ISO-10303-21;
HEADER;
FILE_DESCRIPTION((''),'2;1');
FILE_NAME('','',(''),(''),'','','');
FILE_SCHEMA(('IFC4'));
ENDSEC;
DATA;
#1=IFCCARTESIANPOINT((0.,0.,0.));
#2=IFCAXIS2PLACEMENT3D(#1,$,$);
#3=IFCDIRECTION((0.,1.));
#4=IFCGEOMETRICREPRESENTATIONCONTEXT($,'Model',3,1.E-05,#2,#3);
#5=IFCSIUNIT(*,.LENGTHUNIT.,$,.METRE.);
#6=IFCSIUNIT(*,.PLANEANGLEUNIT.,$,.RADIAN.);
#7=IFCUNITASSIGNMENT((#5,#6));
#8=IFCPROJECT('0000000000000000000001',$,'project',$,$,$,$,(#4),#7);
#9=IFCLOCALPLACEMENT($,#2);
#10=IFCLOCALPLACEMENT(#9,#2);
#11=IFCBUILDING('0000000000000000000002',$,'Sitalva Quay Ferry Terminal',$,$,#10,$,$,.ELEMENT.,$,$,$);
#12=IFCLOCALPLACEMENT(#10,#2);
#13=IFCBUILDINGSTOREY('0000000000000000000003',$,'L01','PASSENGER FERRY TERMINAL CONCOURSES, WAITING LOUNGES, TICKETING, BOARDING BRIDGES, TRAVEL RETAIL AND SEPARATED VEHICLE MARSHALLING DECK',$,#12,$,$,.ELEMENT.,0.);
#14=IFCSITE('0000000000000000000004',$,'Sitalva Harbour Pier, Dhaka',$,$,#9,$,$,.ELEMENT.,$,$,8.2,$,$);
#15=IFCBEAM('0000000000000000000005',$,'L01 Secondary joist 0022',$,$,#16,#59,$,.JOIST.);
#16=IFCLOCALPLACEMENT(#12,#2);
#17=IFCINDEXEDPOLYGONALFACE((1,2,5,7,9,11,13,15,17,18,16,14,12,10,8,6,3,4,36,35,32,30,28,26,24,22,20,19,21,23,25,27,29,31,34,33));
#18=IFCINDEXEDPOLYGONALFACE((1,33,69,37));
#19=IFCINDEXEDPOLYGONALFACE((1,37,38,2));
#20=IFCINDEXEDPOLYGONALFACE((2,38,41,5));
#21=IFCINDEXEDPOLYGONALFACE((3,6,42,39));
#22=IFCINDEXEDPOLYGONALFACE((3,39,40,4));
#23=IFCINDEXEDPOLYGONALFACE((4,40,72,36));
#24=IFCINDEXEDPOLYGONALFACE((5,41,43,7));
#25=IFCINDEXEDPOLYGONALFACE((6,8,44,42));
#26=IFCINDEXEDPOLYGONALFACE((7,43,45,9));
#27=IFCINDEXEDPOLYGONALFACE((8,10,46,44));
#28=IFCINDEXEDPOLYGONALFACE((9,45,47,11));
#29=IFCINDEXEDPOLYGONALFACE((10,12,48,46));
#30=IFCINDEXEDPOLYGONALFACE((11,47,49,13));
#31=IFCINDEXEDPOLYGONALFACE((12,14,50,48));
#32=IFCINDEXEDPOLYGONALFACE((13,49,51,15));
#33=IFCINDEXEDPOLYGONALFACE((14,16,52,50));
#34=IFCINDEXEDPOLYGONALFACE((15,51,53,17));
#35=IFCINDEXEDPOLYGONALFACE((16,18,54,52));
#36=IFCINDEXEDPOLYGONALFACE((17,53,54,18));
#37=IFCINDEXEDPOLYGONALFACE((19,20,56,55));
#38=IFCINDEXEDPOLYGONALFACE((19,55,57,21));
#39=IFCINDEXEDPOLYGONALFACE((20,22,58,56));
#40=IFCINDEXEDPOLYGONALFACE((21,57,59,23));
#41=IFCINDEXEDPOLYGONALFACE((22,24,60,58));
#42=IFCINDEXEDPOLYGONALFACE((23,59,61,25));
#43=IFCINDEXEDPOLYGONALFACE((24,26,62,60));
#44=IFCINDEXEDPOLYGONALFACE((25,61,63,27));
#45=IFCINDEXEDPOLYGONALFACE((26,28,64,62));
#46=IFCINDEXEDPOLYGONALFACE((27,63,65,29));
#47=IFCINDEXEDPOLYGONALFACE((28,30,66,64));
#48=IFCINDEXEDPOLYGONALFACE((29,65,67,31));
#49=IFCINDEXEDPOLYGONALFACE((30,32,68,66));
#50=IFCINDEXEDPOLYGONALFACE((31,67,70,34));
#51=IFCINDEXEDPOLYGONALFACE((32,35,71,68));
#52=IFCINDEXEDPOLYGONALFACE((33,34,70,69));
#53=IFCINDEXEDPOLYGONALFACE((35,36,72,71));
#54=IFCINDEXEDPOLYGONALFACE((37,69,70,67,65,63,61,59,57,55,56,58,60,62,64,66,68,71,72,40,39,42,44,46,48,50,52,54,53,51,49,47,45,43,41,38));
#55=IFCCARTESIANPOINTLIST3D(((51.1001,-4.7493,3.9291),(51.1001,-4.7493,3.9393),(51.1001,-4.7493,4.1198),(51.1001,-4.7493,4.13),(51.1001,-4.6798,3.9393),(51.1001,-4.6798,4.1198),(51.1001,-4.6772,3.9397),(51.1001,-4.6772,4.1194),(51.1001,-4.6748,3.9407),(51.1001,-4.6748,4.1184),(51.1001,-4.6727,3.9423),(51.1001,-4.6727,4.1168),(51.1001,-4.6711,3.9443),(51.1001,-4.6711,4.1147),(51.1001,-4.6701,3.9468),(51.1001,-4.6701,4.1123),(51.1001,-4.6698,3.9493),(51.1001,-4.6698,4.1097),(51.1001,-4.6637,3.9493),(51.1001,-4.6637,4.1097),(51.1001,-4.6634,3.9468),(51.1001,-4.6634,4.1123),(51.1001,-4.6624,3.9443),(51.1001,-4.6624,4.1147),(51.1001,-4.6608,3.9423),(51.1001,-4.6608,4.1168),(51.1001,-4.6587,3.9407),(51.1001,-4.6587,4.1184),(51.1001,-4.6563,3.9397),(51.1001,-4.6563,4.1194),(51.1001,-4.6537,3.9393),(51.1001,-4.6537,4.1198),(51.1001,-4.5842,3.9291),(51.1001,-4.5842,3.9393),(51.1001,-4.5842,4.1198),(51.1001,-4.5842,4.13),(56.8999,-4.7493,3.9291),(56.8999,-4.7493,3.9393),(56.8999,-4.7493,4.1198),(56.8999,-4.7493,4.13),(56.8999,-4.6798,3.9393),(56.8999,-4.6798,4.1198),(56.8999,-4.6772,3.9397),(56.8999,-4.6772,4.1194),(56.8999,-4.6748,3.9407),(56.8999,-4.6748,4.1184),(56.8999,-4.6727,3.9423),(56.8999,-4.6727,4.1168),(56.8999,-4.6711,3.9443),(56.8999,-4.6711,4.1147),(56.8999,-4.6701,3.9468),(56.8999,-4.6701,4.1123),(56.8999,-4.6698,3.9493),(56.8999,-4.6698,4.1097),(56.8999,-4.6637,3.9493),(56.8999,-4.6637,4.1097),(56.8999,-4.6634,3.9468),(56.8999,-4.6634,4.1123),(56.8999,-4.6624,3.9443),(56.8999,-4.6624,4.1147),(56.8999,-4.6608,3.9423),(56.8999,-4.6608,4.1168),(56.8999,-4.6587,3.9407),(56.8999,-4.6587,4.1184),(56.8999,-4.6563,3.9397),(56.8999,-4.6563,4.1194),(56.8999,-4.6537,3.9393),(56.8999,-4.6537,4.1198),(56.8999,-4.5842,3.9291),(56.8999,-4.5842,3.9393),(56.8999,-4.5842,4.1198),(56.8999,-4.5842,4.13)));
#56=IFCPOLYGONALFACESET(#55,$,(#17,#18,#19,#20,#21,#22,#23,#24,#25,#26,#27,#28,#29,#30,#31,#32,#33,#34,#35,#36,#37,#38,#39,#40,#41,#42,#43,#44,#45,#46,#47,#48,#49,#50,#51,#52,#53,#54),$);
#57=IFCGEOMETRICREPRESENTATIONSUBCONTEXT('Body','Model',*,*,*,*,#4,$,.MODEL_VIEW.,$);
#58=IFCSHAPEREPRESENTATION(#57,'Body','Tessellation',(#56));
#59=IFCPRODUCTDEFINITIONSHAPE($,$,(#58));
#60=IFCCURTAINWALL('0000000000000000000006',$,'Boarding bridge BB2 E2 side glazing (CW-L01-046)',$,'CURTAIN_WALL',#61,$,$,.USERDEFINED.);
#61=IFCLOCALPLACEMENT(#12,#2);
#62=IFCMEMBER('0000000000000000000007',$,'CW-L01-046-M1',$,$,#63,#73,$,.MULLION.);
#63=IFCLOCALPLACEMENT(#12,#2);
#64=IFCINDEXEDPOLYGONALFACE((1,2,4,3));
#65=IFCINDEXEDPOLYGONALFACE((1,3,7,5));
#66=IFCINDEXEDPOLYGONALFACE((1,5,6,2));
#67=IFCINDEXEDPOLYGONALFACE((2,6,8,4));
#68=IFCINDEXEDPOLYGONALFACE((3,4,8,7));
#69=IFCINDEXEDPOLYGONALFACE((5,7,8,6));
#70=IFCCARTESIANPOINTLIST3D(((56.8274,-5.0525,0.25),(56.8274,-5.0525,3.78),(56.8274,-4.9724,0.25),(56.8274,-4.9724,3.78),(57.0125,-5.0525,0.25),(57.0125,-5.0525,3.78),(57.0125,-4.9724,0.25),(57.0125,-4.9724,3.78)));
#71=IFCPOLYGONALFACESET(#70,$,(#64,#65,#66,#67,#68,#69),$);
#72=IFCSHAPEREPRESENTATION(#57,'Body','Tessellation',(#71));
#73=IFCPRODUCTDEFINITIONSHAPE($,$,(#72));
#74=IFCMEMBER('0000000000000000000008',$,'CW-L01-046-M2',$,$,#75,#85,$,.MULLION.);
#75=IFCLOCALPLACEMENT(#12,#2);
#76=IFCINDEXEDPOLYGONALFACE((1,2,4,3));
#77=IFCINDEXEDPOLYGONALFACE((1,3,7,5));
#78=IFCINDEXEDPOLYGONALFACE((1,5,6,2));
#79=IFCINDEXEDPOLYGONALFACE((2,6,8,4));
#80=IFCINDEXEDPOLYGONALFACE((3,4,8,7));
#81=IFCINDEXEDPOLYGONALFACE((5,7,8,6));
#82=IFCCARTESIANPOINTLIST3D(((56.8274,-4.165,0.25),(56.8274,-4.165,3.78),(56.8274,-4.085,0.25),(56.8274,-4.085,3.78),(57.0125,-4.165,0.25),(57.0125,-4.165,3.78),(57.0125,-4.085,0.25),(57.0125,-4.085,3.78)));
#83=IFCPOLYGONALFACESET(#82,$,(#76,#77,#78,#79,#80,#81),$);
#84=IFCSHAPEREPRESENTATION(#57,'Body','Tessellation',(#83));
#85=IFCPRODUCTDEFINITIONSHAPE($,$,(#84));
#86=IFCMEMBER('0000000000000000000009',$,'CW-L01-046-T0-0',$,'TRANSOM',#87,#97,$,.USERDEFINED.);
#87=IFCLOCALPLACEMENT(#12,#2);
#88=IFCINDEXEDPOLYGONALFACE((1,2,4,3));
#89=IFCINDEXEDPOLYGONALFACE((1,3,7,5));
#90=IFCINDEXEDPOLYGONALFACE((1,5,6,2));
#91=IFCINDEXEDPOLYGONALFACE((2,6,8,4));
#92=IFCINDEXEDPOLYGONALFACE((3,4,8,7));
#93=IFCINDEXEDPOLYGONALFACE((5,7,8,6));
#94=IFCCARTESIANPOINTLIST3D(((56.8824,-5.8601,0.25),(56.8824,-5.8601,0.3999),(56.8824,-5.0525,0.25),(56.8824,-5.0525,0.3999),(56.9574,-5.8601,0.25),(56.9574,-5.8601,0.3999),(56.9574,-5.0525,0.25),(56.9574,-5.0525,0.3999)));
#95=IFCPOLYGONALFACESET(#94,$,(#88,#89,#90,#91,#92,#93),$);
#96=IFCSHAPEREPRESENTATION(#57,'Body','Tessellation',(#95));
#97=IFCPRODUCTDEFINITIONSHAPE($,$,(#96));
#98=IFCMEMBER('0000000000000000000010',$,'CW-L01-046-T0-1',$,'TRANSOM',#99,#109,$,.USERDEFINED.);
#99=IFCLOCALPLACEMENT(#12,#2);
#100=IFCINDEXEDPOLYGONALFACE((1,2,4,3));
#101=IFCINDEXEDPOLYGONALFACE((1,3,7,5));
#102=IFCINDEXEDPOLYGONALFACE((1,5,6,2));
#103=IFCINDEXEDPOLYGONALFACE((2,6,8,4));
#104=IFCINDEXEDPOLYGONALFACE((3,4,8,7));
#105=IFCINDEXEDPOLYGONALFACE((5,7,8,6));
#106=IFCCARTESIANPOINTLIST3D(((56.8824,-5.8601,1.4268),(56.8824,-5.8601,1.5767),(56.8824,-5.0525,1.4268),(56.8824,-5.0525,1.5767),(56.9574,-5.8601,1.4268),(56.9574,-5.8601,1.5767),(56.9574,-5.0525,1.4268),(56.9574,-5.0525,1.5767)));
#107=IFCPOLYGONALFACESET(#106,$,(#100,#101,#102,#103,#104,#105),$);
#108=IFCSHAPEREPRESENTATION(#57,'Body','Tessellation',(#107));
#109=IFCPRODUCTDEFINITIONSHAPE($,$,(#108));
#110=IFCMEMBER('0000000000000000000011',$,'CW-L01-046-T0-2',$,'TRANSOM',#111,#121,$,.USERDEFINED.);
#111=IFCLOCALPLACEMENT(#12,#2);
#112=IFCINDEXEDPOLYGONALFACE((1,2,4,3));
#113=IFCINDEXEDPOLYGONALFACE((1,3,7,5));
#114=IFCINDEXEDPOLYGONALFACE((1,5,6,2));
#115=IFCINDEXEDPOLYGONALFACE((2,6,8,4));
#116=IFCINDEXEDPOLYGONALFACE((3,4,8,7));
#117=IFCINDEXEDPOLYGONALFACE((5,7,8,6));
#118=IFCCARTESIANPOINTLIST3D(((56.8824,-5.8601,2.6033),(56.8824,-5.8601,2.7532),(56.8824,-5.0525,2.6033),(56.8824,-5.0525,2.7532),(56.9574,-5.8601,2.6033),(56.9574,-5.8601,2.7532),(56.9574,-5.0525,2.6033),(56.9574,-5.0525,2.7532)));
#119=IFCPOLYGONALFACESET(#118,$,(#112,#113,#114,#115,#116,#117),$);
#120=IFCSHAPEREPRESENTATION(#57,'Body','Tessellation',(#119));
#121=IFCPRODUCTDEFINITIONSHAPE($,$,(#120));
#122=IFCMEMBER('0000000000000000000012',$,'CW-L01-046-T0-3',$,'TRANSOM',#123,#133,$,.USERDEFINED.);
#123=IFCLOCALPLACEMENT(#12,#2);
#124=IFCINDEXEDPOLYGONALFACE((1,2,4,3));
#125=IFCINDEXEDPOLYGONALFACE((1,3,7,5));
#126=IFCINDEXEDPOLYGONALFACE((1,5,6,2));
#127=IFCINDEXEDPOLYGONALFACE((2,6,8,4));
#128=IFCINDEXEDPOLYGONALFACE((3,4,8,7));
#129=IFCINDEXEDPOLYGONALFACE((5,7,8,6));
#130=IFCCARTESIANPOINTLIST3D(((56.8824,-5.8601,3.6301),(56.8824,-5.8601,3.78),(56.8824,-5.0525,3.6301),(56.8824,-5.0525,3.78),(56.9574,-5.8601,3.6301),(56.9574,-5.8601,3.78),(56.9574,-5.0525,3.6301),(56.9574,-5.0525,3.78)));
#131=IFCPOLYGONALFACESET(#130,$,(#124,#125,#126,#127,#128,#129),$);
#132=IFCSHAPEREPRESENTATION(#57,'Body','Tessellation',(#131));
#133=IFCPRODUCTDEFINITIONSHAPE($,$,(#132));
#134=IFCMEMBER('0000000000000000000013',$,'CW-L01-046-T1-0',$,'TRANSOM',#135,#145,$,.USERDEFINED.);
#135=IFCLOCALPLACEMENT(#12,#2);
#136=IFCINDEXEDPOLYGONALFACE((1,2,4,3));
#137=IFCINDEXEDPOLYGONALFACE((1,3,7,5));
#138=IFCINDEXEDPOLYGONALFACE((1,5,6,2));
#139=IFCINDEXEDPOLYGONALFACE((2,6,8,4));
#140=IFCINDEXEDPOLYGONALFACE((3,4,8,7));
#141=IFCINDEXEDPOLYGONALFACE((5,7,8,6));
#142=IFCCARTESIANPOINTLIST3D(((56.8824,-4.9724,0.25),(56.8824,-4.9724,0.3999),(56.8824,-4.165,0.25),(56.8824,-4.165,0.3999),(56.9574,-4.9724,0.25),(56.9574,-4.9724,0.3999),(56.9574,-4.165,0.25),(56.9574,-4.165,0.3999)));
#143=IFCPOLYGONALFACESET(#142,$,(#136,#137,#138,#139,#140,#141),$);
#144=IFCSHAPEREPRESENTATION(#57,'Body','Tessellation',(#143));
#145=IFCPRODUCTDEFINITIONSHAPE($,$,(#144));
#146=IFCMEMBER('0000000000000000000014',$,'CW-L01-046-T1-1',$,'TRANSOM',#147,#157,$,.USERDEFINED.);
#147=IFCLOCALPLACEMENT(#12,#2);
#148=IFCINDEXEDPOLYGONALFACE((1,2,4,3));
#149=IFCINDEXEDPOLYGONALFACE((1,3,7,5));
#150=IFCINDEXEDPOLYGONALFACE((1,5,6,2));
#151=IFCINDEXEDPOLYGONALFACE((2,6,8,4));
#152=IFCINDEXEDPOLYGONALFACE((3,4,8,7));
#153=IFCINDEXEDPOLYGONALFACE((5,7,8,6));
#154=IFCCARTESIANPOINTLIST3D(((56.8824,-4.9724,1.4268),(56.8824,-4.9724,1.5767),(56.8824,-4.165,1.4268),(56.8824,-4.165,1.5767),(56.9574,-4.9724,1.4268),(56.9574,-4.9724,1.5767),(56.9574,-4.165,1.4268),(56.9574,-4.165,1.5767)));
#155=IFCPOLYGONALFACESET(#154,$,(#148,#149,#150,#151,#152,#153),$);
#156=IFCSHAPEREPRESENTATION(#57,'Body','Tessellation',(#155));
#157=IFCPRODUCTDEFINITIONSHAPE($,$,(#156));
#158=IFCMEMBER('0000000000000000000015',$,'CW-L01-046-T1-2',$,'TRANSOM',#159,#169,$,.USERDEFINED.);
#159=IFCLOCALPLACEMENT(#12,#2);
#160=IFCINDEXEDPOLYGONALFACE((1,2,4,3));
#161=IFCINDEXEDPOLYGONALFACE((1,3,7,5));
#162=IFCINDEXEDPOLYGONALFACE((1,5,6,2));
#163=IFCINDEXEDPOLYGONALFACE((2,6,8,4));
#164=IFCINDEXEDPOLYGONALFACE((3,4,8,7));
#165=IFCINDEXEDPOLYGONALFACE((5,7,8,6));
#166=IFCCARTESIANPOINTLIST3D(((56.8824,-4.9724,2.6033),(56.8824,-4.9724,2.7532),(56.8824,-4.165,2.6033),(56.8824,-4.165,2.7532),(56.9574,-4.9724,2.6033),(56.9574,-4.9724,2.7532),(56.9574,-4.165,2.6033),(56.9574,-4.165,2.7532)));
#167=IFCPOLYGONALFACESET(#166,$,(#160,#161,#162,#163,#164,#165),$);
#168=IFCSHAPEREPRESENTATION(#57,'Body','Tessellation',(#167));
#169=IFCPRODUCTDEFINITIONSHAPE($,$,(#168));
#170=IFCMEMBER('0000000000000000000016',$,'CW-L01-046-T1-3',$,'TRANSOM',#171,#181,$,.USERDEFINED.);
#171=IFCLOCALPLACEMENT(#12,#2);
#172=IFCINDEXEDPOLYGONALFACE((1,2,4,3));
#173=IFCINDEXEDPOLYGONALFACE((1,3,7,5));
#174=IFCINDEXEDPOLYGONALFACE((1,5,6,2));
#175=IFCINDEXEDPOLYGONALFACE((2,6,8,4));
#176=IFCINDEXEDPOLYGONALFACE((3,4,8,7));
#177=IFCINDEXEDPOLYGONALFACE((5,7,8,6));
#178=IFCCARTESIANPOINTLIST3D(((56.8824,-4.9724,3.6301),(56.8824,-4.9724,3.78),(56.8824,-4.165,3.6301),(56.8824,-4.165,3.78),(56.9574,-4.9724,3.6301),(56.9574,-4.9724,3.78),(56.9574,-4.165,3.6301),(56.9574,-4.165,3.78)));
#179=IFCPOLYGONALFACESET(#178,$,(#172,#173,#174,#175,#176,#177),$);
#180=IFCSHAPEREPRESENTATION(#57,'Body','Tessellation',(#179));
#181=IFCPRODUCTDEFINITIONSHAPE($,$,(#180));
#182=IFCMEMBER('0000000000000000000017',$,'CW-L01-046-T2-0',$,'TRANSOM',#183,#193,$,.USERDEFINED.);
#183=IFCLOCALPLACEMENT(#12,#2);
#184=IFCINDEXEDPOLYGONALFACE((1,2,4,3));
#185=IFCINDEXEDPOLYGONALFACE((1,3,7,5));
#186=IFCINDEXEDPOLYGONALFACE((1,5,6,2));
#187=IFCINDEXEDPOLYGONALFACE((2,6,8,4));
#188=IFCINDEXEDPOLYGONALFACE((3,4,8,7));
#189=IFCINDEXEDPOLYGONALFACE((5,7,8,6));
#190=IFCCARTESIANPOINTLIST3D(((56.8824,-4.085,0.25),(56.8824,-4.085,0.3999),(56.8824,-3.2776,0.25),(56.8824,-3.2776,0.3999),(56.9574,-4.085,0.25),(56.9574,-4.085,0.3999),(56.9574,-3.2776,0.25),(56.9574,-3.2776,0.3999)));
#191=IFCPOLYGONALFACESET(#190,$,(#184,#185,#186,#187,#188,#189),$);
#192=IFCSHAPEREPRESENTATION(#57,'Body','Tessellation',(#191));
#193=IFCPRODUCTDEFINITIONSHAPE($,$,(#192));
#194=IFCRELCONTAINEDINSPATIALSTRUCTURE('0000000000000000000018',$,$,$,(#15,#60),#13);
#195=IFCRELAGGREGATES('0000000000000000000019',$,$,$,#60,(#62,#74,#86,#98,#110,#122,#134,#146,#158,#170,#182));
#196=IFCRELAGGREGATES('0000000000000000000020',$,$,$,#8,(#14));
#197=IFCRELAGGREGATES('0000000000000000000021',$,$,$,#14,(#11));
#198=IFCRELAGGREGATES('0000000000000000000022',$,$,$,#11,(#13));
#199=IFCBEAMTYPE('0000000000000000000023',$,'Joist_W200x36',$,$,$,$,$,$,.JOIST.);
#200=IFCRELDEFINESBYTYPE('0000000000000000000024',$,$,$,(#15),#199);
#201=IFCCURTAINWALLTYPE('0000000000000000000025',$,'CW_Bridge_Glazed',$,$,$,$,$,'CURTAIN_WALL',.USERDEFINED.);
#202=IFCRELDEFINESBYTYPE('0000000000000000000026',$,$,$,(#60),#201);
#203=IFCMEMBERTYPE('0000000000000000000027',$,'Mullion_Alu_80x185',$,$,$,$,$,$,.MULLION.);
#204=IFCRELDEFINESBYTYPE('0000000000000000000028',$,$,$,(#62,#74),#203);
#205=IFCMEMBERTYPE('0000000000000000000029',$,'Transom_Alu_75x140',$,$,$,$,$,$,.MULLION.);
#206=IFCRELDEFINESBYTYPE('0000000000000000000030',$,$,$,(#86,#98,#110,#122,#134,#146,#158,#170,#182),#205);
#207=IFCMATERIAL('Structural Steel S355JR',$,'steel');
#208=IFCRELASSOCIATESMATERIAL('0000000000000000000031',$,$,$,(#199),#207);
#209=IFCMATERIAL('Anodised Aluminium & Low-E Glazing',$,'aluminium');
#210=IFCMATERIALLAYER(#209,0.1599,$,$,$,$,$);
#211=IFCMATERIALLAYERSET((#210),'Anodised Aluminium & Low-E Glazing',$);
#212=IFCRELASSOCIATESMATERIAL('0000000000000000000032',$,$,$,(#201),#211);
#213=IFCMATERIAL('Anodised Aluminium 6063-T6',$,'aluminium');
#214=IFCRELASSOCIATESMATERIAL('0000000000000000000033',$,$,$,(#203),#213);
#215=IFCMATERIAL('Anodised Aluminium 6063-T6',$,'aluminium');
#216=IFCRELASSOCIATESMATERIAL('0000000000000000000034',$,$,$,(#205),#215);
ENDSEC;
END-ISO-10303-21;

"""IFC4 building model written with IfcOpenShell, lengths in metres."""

from ifc_helpers import new_model, si_unit, direction, frame, origin, origin_2d, place, context, subcontext, project, spatial, rectangle, i_section, extrude, material, layer, layer_set, material_profile, profile_set, type_object, element, aggregate, save


model = new_model("IFC4")

# Units and contexts
model_context = context("Model", 3, precision=1e-05, world=origin(), true_north=direction((0.0, 1.0)))
body_context = subcontext(model_context, "Body", "Model", "MODEL_VIEW")
ifc_project = project(units=[si_unit("LENGTHUNIT", "METRE"), si_unit("PLANEANGLEUNIT", "RADIAN")], contexts=[model_context])

# Site, building, storey
site_placement = place(None, origin())
site = spatial("IfcSite", under=ifc_project, at=site_placement, Name="Sitalva Harbour Pier, Dhaka", CompositionType="ELEMENT", RefElevation=8.2)
building_placement = place(site_placement, origin())
building = spatial("IfcBuilding", under=site, at=building_placement, Name="Sitalva Quay Ferry Terminal", CompositionType="ELEMENT")
storey_placement = place(building_placement, origin())
storey = spatial("IfcBuildingStorey", under=building, at=storey_placement, Name="L01", Description="PASSENGER FERRY TERMINAL CONCOURSES, WAITING LOUNGES, TICKETING, BOARDING BRIDGES, TRAVEL RETAIL AND SEPARATED VEHICLE MARSHALLING DECK", CompositionType="ELEMENT", Elevation=0.0)

# Beam
ifc_material_1 = material(Name="Structural Steel S355JR", Category="steel")
ifc_material_profile_1 = material_profile(ifc_material_1, i_section(OverallWidth=0.165, OverallDepth=0.2009, WebThickness=0.0061, FlangeThickness=0.0103, FilletRadius=0.01, at=origin_2d()), Name="W200x36")
ifc_profile_set_1 = profile_set([ifc_material_profile_1], Name="Structural Steel S355JR")
beam_type = type_object("IfcBeamType", Name="Joist_W200x36", PredefinedType="JOIST", material=ifc_profile_set_1)
beam_placement = place(storey_placement, frame((51.1001, -4.6667, 4.0295), z_axis=(1.0, 0.0, 0.0), x_axis=(0.0, 1.0, 0.0)))
element("IfcBeam", 1, at=beam_placement, inside=storey, type_object=beam_type, Name="L01 Secondary joist 0022", PredefinedType="JOIST", context=body_context, shape_type="SweptSolid", body=[
    extrude(i_section(OverallWidth=0.165, OverallDepth=0.2009, WebThickness=0.0061, FlangeThickness=0.0103, FilletRadius=0.01, at=origin_2d()), origin(), (0.0, 0.0, 1.0), 5.7998),
])

# Curtain wall, members
ifc_material_2 = material(Name="Anodised Aluminium & Low-E Glazing", Category="aluminium")
ifc_layer_1 = layer(ifc_material_2, 0.1599)
ifc_layer_set_1 = layer_set([ifc_layer_1], Name="Anodised Aluminium & Low-E Glazing")
curtain_wall_type = type_object("IfcCurtainWallType", Name="CW_Bridge_Glazed", ElementType="CURTAIN_WALL", PredefinedType="USERDEFINED", material=ifc_layer_set_1)
curtain_wall_1_placement = place(storey_placement, origin())
curtain_wall_1 = element("IfcCurtainWall", 2, at=curtain_wall_1_placement, inside=storey, type_object=curtain_wall_type, Name="Boarding bridge BB2 E2 side glazing (CW-L01-046)", ObjectType="CURTAIN_WALL", PredefinedType="USERDEFINED")
ifc_material_3 = material(Name="Anodised Aluminium 6063-T6", Category="aluminium")
ifc_material_profile_2 = material_profile(ifc_material_3, rectangle(XDim=0.0801, YDim=0.1851, at=origin_2d()), Name="ALU80x185")
ifc_profile_set_2 = profile_set([ifc_material_profile_2], Name="Anodised Aluminium 6063-T6")
member_type_1 = type_object("IfcMemberType", Name="Mullion_Alu_80x185", PredefinedType="MULLION", material=ifc_profile_set_2)
member_1_placement = place(storey_placement, frame((56.9199, -5.0125, 0.25), z_axis=(0.0, 0.0, 1.0), x_axis=(0.0, 1.0, 0.0)))
member_1 = element("IfcMember", 3, at=member_1_placement, type_object=member_type_1, Name="CW-L01-046-M1", PredefinedType="MULLION", context=body_context, shape_type="SweptSolid", body=[
    extrude(rectangle(XDim=0.0801, YDim=0.1851, at=origin_2d()), origin(), (0.0, 0.0, 1.0), 3.53),
])
member_2_placement = place(storey_placement, frame((56.9199, -4.125, 0.25), z_axis=(0.0, 0.0, 1.0), x_axis=(0.0, 1.0, 0.0)))
member_2 = element("IfcMember", 4, at=member_2_placement, type_object=member_type_1, Name="CW-L01-046-M2", PredefinedType="MULLION", context=body_context, shape_type="SweptSolid", body=[
    extrude(rectangle(XDim=0.0801, YDim=0.1851, at=origin_2d()), origin(), (0.0, 0.0, 1.0), 3.53),
])
ifc_material_4 = material(Name="Anodised Aluminium 6063-T6", Category="aluminium")
ifc_material_profile_3 = material_profile(ifc_material_4, rectangle(XDim=0.075, YDim=0.1499, at=origin_2d()), Name="ALU75x150")
ifc_profile_set_3 = profile_set([ifc_material_profile_3], Name="Anodised Aluminium 6063-T6")
member_type_2 = type_object("IfcMemberType", Name="Transom_Alu_75x140", PredefinedType="MULLION", material=ifc_profile_set_3)
member_3_placement = place(storey_placement, frame((56.9199, -5.8601, 0.325), z_axis=(0.0, 1.0, 0.0), x_axis=(-1.0, 0.0, 0.0)))
member_3 = element("IfcMember", 5, at=member_3_placement, type_object=member_type_2, Name="CW-L01-046-T0-0", ObjectType="TRANSOM", PredefinedType="USERDEFINED", context=body_context, shape_type="SweptSolid", body=[
    extrude(rectangle(XDim=0.075, YDim=0.1499, at=origin_2d()), origin(), (0.0, 0.0, 1.0), 0.8076),
])
member_4_placement = place(storey_placement, frame((56.9199, -5.8601, 1.5017), z_axis=(0.0, 1.0, 0.0), x_axis=(-1.0, 0.0, 0.0)))
member_4 = element("IfcMember", 6, at=member_4_placement, type_object=member_type_2, Name="CW-L01-046-T0-1", ObjectType="TRANSOM", PredefinedType="USERDEFINED", context=body_context, shape_type="SweptSolid", body=[
    extrude(rectangle(XDim=0.075, YDim=0.1499, at=origin_2d()), origin(), (0.0, 0.0, 1.0), 0.8076),
])
member_5_placement = place(storey_placement, frame((56.9199, -5.8601, 2.6782), z_axis=(0.0, 1.0, 0.0), x_axis=(-1.0, 0.0, 0.0)))
member_5 = element("IfcMember", 7, at=member_5_placement, type_object=member_type_2, Name="CW-L01-046-T0-2", ObjectType="TRANSOM", PredefinedType="USERDEFINED", context=body_context, shape_type="SweptSolid", body=[
    extrude(rectangle(XDim=0.075, YDim=0.1499, at=origin_2d()), origin(), (0.0, 0.0, 1.0), 0.8076),
])
member_6_placement = place(storey_placement, frame((56.9199, -5.8601, 3.7051), z_axis=(0.0, 1.0, 0.0), x_axis=(-1.0, 0.0, 0.0)))
member_6 = element("IfcMember", 8, at=member_6_placement, type_object=member_type_2, Name="CW-L01-046-T0-3", ObjectType="TRANSOM", PredefinedType="USERDEFINED", context=body_context, shape_type="SweptSolid", body=[
    extrude(rectangle(XDim=0.075, YDim=0.1499, at=origin_2d()), origin(), (0.0, 0.0, 1.0), 0.8076),
])
member_7_placement = place(storey_placement, frame((56.9199, -4.9724, 0.325), z_axis=(0.0, 1.0, 0.0), x_axis=(-1.0, 0.0, 0.0)))
member_7 = element("IfcMember", 9, at=member_7_placement, type_object=member_type_2, Name="CW-L01-046-T1-0", ObjectType="TRANSOM", PredefinedType="USERDEFINED", context=body_context, shape_type="SweptSolid", body=[
    extrude(rectangle(XDim=0.075, YDim=0.1499, at=origin_2d()), origin(), (0.0, 0.0, 1.0), 0.8074),
])
member_8_placement = place(storey_placement, frame((56.9199, -4.9724, 1.5017), z_axis=(0.0, 1.0, 0.0), x_axis=(-1.0, 0.0, 0.0)))
member_8 = element("IfcMember", 10, at=member_8_placement, type_object=member_type_2, Name="CW-L01-046-T1-1", ObjectType="TRANSOM", PredefinedType="USERDEFINED", context=body_context, shape_type="SweptSolid", body=[
    extrude(rectangle(XDim=0.075, YDim=0.1499, at=origin_2d()), origin(), (0.0, 0.0, 1.0), 0.8074),
])
member_9_placement = place(storey_placement, frame((56.9199, -4.9724, 2.6782), z_axis=(0.0, 1.0, 0.0), x_axis=(-1.0, 0.0, 0.0)))
member_9 = element("IfcMember", 11, at=member_9_placement, type_object=member_type_2, Name="CW-L01-046-T1-2", ObjectType="TRANSOM", PredefinedType="USERDEFINED", context=body_context, shape_type="SweptSolid", body=[
    extrude(rectangle(XDim=0.075, YDim=0.1499, at=origin_2d()), origin(), (0.0, 0.0, 1.0), 0.8074),
])
member_10_placement = place(storey_placement, frame((56.9199, -4.9724, 3.7051), z_axis=(0.0, 1.0, 0.0), x_axis=(-1.0, 0.0, 0.0)))
member_10 = element("IfcMember", 12, at=member_10_placement, type_object=member_type_2, Name="CW-L01-046-T1-3", ObjectType="TRANSOM", PredefinedType="USERDEFINED", context=body_context, shape_type="SweptSolid", body=[
    extrude(rectangle(XDim=0.075, YDim=0.1499, at=origin_2d()), origin(), (0.0, 0.0, 1.0), 0.8074),
])
member_11_placement = place(storey_placement, frame((56.9199, -4.085, 0.325), z_axis=(0.0, 1.0, 0.0), x_axis=(-1.0, 0.0, 0.0)))
member_11 = element("IfcMember", 13, at=member_11_placement, type_object=member_type_2, Name="CW-L01-046-T2-0", ObjectType="TRANSOM", PredefinedType="USERDEFINED", context=body_context, shape_type="SweptSolid", body=[
    extrude(rectangle(XDim=0.075, YDim=0.1499, at=origin_2d()), origin(), (0.0, 0.0, 1.0), 0.8074),
])

aggregate(curtain_wall_1, [member_1, member_2, member_3, member_4, member_5, member_6, member_7, member_8, member_9, member_10, member_11])

save(model, "model.ifc")
